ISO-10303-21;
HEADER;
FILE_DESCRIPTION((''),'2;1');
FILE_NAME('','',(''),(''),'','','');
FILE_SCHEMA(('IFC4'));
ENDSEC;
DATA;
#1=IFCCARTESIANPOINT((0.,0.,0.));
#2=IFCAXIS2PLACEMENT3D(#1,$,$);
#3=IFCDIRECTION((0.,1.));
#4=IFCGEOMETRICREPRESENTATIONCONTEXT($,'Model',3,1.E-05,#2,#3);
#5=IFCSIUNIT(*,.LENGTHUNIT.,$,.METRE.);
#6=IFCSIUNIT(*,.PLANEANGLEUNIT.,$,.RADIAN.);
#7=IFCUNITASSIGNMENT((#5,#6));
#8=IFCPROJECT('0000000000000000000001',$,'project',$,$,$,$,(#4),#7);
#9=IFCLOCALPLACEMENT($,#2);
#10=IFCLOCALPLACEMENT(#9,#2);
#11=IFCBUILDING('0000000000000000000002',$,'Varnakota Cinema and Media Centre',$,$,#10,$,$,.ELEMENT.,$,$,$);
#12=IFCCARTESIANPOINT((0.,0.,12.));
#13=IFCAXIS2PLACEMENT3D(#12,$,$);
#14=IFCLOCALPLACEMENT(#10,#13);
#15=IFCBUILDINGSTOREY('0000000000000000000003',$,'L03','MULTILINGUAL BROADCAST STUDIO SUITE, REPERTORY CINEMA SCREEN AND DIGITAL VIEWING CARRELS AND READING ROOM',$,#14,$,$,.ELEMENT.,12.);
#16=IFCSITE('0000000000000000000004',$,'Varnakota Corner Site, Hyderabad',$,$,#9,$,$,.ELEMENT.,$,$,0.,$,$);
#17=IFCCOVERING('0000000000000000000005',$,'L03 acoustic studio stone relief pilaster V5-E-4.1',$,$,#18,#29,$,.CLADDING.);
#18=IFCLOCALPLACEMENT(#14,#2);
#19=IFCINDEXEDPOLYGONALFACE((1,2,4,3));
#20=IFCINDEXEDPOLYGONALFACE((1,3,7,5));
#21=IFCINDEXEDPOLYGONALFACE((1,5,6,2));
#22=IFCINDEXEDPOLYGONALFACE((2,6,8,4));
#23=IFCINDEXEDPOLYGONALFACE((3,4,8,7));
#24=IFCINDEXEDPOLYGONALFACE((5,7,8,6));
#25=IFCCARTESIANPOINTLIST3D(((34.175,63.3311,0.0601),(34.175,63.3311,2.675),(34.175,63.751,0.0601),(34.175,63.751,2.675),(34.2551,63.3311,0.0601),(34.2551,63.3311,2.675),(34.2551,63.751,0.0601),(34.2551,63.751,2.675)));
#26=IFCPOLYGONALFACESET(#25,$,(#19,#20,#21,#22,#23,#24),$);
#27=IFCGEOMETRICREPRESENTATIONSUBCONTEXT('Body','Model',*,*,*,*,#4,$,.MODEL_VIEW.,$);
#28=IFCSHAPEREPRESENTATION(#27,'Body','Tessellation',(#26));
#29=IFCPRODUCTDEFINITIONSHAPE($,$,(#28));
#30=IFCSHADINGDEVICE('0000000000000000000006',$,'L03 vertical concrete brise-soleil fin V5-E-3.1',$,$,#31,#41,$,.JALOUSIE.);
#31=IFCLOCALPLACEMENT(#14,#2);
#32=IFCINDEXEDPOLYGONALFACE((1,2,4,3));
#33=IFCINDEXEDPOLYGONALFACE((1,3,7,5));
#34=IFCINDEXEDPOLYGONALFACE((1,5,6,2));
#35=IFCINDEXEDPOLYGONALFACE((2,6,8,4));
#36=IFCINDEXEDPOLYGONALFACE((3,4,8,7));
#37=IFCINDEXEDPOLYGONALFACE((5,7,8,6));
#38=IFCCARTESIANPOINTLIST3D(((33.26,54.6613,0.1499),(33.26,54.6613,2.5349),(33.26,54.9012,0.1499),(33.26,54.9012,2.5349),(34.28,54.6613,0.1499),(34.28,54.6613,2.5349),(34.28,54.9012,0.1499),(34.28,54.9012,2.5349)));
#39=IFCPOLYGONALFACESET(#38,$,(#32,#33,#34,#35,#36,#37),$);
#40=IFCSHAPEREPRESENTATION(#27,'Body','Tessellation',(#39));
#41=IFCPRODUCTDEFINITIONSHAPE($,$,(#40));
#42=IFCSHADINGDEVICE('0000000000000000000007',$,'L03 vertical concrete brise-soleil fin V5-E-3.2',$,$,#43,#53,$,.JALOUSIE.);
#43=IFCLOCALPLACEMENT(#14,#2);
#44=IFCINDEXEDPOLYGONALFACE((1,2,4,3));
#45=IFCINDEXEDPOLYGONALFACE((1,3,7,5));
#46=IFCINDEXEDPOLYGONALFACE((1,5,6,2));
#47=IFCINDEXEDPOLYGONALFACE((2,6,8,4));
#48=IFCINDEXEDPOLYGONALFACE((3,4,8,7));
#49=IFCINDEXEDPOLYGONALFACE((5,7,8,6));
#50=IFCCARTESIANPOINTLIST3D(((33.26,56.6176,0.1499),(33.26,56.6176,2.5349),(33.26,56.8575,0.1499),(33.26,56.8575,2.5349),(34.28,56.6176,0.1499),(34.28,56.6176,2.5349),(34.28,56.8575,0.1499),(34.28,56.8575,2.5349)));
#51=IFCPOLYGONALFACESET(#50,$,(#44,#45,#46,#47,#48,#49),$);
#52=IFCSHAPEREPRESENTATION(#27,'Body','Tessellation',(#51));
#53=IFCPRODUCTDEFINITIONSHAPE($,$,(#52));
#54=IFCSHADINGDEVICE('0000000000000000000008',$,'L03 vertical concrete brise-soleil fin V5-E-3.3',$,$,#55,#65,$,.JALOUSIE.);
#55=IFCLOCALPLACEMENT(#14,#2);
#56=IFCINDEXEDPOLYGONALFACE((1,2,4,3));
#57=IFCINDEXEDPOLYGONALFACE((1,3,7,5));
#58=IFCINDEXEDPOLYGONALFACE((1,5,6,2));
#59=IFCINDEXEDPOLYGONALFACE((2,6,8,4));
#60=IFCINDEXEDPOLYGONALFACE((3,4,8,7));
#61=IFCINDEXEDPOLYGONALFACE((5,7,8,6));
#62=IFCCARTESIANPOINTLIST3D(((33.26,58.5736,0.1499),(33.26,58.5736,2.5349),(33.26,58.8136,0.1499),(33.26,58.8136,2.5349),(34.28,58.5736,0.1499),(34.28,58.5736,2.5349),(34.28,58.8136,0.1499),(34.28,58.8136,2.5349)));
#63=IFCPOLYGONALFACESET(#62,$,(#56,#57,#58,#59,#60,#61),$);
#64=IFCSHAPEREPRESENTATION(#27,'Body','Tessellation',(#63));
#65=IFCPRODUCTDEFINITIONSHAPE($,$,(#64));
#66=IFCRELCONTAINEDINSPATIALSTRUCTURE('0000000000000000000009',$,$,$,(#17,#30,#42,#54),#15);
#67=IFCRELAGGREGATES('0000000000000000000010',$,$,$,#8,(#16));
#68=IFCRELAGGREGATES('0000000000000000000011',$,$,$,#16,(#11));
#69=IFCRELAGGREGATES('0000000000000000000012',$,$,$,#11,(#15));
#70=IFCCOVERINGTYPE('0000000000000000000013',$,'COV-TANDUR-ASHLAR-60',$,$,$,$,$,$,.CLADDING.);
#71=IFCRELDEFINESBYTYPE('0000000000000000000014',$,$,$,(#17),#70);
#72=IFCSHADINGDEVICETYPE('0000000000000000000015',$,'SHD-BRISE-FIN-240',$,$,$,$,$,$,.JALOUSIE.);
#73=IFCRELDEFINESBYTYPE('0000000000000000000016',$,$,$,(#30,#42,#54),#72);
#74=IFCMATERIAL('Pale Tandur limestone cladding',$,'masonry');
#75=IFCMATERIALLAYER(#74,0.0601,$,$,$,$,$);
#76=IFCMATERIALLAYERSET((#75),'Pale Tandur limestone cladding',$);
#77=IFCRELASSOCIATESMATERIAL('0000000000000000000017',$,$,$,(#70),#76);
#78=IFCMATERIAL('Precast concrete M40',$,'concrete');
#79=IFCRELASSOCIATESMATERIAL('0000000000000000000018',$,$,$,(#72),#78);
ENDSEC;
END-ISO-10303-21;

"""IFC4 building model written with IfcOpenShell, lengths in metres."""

from ifc_helpers import new_model, si_unit, direction, frame, origin, origin_2d, place, context, subcontext, project, spatial, rectangle, extrude, material, layer, layer_set, type_object, element, save


model = new_model("IFC4")

# Units and contexts
model_context = context("Model", 3, precision=1e-05, world=origin(), true_north=direction((0.0, 1.0)))
body_context = subcontext(model_context, "Body", "Model", "MODEL_VIEW")
ifc_project = project(units=[si_unit("LENGTHUNIT", "METRE"), si_unit("PLANEANGLEUNIT", "RADIAN")], contexts=[model_context])

# Site, building, storey
site_placement = place(None, origin())
site = spatial("IfcSite", under=ifc_project, at=site_placement, Name="Varnakota Corner Site, Hyderabad", CompositionType="ELEMENT", RefElevation=0.0)
building_placement = place(site_placement, origin())
building = spatial("IfcBuilding", under=site, at=building_placement, Name="Varnakota Cinema and Media Centre", CompositionType="ELEMENT")
storey_placement = place(building_placement, frame((0.0, 0.0, 12.0)))
storey = spatial("IfcBuildingStorey", under=building, at=storey_placement, Name="L03", Description="MULTILINGUAL BROADCAST STUDIO SUITE, REPERTORY CINEMA SCREEN AND DIGITAL VIEWING CARRELS AND READING ROOM", CompositionType="ELEMENT", Elevation=12.0)

# Covering
ifc_material_1 = material(Name="Pale Tandur limestone cladding", Category="masonry")
ifc_layer_1 = layer(ifc_material_1, 0.0601)
ifc_layer_set_1 = layer_set([ifc_layer_1], Name="Pale Tandur limestone cladding")
covering_type = type_object("IfcCoveringType", Name="COV-TANDUR-ASHLAR-60", PredefinedType="CLADDING", material=ifc_layer_set_1)
covering_placement = place(storey_placement, frame((34.2151, 63.541, 0.0601), z_axis=(0.0, 0.0, 1.0), x_axis=(0.0, 1.0, 0.0)))
element("IfcCovering", 1, at=covering_placement, inside=storey, type_object=covering_type, Name="L03 acoustic studio stone relief pilaster V5-E-4.1", PredefinedType="CLADDING", context=body_context, shape_type="SweptSolid", body=[
    extrude(rectangle(XDim=0.4199, YDim=0.0801, at=origin_2d()), origin(), (0.0, 0.0, 1.0), 2.615),
])

# Shading devices
ifc_material_2 = material(Name="Precast concrete M40", Category="concrete")
shading_device_type = type_object("IfcShadingDeviceType", Name="SHD-BRISE-FIN-240", PredefinedType="JALOUSIE", material=ifc_material_2)
for number, where, z_axis, x_axis, name in (
    (2, (33.77, 54.7812, 0.1499), (0.0, 0.0, 1.0), (0.0, 1.0, 0.0), "L03 vertical concrete brise-soleil fin V5-E-3.1"),
    (3, (33.77, 56.7375, 0.1499), (0.0, 0.0, 1.0), (0.0, 1.0, 0.0), "L03 vertical concrete brise-soleil fin V5-E-3.2"),
    (4, (33.77, 58.6936, 0.1499), (0.0, 0.0, 1.0), (0.0, 1.0, 0.0), "L03 vertical concrete brise-soleil fin V5-E-3.3"),
):
    element("IfcShadingDevice", number, at=place(storey_placement, frame(where, z_axis=z_axis, x_axis=x_axis)), inside=storey, type_object=shading_device_type, Name=name, PredefinedType="JALOUSIE", context=body_context, shape_type="SweptSolid", body=[
        extrude(rectangle(XDim=0.24, YDim=1.02, at=origin_2d()), origin(), (0.0, 0.0, 1.0), 2.385),
    ])

save(model, "model.ifc")
